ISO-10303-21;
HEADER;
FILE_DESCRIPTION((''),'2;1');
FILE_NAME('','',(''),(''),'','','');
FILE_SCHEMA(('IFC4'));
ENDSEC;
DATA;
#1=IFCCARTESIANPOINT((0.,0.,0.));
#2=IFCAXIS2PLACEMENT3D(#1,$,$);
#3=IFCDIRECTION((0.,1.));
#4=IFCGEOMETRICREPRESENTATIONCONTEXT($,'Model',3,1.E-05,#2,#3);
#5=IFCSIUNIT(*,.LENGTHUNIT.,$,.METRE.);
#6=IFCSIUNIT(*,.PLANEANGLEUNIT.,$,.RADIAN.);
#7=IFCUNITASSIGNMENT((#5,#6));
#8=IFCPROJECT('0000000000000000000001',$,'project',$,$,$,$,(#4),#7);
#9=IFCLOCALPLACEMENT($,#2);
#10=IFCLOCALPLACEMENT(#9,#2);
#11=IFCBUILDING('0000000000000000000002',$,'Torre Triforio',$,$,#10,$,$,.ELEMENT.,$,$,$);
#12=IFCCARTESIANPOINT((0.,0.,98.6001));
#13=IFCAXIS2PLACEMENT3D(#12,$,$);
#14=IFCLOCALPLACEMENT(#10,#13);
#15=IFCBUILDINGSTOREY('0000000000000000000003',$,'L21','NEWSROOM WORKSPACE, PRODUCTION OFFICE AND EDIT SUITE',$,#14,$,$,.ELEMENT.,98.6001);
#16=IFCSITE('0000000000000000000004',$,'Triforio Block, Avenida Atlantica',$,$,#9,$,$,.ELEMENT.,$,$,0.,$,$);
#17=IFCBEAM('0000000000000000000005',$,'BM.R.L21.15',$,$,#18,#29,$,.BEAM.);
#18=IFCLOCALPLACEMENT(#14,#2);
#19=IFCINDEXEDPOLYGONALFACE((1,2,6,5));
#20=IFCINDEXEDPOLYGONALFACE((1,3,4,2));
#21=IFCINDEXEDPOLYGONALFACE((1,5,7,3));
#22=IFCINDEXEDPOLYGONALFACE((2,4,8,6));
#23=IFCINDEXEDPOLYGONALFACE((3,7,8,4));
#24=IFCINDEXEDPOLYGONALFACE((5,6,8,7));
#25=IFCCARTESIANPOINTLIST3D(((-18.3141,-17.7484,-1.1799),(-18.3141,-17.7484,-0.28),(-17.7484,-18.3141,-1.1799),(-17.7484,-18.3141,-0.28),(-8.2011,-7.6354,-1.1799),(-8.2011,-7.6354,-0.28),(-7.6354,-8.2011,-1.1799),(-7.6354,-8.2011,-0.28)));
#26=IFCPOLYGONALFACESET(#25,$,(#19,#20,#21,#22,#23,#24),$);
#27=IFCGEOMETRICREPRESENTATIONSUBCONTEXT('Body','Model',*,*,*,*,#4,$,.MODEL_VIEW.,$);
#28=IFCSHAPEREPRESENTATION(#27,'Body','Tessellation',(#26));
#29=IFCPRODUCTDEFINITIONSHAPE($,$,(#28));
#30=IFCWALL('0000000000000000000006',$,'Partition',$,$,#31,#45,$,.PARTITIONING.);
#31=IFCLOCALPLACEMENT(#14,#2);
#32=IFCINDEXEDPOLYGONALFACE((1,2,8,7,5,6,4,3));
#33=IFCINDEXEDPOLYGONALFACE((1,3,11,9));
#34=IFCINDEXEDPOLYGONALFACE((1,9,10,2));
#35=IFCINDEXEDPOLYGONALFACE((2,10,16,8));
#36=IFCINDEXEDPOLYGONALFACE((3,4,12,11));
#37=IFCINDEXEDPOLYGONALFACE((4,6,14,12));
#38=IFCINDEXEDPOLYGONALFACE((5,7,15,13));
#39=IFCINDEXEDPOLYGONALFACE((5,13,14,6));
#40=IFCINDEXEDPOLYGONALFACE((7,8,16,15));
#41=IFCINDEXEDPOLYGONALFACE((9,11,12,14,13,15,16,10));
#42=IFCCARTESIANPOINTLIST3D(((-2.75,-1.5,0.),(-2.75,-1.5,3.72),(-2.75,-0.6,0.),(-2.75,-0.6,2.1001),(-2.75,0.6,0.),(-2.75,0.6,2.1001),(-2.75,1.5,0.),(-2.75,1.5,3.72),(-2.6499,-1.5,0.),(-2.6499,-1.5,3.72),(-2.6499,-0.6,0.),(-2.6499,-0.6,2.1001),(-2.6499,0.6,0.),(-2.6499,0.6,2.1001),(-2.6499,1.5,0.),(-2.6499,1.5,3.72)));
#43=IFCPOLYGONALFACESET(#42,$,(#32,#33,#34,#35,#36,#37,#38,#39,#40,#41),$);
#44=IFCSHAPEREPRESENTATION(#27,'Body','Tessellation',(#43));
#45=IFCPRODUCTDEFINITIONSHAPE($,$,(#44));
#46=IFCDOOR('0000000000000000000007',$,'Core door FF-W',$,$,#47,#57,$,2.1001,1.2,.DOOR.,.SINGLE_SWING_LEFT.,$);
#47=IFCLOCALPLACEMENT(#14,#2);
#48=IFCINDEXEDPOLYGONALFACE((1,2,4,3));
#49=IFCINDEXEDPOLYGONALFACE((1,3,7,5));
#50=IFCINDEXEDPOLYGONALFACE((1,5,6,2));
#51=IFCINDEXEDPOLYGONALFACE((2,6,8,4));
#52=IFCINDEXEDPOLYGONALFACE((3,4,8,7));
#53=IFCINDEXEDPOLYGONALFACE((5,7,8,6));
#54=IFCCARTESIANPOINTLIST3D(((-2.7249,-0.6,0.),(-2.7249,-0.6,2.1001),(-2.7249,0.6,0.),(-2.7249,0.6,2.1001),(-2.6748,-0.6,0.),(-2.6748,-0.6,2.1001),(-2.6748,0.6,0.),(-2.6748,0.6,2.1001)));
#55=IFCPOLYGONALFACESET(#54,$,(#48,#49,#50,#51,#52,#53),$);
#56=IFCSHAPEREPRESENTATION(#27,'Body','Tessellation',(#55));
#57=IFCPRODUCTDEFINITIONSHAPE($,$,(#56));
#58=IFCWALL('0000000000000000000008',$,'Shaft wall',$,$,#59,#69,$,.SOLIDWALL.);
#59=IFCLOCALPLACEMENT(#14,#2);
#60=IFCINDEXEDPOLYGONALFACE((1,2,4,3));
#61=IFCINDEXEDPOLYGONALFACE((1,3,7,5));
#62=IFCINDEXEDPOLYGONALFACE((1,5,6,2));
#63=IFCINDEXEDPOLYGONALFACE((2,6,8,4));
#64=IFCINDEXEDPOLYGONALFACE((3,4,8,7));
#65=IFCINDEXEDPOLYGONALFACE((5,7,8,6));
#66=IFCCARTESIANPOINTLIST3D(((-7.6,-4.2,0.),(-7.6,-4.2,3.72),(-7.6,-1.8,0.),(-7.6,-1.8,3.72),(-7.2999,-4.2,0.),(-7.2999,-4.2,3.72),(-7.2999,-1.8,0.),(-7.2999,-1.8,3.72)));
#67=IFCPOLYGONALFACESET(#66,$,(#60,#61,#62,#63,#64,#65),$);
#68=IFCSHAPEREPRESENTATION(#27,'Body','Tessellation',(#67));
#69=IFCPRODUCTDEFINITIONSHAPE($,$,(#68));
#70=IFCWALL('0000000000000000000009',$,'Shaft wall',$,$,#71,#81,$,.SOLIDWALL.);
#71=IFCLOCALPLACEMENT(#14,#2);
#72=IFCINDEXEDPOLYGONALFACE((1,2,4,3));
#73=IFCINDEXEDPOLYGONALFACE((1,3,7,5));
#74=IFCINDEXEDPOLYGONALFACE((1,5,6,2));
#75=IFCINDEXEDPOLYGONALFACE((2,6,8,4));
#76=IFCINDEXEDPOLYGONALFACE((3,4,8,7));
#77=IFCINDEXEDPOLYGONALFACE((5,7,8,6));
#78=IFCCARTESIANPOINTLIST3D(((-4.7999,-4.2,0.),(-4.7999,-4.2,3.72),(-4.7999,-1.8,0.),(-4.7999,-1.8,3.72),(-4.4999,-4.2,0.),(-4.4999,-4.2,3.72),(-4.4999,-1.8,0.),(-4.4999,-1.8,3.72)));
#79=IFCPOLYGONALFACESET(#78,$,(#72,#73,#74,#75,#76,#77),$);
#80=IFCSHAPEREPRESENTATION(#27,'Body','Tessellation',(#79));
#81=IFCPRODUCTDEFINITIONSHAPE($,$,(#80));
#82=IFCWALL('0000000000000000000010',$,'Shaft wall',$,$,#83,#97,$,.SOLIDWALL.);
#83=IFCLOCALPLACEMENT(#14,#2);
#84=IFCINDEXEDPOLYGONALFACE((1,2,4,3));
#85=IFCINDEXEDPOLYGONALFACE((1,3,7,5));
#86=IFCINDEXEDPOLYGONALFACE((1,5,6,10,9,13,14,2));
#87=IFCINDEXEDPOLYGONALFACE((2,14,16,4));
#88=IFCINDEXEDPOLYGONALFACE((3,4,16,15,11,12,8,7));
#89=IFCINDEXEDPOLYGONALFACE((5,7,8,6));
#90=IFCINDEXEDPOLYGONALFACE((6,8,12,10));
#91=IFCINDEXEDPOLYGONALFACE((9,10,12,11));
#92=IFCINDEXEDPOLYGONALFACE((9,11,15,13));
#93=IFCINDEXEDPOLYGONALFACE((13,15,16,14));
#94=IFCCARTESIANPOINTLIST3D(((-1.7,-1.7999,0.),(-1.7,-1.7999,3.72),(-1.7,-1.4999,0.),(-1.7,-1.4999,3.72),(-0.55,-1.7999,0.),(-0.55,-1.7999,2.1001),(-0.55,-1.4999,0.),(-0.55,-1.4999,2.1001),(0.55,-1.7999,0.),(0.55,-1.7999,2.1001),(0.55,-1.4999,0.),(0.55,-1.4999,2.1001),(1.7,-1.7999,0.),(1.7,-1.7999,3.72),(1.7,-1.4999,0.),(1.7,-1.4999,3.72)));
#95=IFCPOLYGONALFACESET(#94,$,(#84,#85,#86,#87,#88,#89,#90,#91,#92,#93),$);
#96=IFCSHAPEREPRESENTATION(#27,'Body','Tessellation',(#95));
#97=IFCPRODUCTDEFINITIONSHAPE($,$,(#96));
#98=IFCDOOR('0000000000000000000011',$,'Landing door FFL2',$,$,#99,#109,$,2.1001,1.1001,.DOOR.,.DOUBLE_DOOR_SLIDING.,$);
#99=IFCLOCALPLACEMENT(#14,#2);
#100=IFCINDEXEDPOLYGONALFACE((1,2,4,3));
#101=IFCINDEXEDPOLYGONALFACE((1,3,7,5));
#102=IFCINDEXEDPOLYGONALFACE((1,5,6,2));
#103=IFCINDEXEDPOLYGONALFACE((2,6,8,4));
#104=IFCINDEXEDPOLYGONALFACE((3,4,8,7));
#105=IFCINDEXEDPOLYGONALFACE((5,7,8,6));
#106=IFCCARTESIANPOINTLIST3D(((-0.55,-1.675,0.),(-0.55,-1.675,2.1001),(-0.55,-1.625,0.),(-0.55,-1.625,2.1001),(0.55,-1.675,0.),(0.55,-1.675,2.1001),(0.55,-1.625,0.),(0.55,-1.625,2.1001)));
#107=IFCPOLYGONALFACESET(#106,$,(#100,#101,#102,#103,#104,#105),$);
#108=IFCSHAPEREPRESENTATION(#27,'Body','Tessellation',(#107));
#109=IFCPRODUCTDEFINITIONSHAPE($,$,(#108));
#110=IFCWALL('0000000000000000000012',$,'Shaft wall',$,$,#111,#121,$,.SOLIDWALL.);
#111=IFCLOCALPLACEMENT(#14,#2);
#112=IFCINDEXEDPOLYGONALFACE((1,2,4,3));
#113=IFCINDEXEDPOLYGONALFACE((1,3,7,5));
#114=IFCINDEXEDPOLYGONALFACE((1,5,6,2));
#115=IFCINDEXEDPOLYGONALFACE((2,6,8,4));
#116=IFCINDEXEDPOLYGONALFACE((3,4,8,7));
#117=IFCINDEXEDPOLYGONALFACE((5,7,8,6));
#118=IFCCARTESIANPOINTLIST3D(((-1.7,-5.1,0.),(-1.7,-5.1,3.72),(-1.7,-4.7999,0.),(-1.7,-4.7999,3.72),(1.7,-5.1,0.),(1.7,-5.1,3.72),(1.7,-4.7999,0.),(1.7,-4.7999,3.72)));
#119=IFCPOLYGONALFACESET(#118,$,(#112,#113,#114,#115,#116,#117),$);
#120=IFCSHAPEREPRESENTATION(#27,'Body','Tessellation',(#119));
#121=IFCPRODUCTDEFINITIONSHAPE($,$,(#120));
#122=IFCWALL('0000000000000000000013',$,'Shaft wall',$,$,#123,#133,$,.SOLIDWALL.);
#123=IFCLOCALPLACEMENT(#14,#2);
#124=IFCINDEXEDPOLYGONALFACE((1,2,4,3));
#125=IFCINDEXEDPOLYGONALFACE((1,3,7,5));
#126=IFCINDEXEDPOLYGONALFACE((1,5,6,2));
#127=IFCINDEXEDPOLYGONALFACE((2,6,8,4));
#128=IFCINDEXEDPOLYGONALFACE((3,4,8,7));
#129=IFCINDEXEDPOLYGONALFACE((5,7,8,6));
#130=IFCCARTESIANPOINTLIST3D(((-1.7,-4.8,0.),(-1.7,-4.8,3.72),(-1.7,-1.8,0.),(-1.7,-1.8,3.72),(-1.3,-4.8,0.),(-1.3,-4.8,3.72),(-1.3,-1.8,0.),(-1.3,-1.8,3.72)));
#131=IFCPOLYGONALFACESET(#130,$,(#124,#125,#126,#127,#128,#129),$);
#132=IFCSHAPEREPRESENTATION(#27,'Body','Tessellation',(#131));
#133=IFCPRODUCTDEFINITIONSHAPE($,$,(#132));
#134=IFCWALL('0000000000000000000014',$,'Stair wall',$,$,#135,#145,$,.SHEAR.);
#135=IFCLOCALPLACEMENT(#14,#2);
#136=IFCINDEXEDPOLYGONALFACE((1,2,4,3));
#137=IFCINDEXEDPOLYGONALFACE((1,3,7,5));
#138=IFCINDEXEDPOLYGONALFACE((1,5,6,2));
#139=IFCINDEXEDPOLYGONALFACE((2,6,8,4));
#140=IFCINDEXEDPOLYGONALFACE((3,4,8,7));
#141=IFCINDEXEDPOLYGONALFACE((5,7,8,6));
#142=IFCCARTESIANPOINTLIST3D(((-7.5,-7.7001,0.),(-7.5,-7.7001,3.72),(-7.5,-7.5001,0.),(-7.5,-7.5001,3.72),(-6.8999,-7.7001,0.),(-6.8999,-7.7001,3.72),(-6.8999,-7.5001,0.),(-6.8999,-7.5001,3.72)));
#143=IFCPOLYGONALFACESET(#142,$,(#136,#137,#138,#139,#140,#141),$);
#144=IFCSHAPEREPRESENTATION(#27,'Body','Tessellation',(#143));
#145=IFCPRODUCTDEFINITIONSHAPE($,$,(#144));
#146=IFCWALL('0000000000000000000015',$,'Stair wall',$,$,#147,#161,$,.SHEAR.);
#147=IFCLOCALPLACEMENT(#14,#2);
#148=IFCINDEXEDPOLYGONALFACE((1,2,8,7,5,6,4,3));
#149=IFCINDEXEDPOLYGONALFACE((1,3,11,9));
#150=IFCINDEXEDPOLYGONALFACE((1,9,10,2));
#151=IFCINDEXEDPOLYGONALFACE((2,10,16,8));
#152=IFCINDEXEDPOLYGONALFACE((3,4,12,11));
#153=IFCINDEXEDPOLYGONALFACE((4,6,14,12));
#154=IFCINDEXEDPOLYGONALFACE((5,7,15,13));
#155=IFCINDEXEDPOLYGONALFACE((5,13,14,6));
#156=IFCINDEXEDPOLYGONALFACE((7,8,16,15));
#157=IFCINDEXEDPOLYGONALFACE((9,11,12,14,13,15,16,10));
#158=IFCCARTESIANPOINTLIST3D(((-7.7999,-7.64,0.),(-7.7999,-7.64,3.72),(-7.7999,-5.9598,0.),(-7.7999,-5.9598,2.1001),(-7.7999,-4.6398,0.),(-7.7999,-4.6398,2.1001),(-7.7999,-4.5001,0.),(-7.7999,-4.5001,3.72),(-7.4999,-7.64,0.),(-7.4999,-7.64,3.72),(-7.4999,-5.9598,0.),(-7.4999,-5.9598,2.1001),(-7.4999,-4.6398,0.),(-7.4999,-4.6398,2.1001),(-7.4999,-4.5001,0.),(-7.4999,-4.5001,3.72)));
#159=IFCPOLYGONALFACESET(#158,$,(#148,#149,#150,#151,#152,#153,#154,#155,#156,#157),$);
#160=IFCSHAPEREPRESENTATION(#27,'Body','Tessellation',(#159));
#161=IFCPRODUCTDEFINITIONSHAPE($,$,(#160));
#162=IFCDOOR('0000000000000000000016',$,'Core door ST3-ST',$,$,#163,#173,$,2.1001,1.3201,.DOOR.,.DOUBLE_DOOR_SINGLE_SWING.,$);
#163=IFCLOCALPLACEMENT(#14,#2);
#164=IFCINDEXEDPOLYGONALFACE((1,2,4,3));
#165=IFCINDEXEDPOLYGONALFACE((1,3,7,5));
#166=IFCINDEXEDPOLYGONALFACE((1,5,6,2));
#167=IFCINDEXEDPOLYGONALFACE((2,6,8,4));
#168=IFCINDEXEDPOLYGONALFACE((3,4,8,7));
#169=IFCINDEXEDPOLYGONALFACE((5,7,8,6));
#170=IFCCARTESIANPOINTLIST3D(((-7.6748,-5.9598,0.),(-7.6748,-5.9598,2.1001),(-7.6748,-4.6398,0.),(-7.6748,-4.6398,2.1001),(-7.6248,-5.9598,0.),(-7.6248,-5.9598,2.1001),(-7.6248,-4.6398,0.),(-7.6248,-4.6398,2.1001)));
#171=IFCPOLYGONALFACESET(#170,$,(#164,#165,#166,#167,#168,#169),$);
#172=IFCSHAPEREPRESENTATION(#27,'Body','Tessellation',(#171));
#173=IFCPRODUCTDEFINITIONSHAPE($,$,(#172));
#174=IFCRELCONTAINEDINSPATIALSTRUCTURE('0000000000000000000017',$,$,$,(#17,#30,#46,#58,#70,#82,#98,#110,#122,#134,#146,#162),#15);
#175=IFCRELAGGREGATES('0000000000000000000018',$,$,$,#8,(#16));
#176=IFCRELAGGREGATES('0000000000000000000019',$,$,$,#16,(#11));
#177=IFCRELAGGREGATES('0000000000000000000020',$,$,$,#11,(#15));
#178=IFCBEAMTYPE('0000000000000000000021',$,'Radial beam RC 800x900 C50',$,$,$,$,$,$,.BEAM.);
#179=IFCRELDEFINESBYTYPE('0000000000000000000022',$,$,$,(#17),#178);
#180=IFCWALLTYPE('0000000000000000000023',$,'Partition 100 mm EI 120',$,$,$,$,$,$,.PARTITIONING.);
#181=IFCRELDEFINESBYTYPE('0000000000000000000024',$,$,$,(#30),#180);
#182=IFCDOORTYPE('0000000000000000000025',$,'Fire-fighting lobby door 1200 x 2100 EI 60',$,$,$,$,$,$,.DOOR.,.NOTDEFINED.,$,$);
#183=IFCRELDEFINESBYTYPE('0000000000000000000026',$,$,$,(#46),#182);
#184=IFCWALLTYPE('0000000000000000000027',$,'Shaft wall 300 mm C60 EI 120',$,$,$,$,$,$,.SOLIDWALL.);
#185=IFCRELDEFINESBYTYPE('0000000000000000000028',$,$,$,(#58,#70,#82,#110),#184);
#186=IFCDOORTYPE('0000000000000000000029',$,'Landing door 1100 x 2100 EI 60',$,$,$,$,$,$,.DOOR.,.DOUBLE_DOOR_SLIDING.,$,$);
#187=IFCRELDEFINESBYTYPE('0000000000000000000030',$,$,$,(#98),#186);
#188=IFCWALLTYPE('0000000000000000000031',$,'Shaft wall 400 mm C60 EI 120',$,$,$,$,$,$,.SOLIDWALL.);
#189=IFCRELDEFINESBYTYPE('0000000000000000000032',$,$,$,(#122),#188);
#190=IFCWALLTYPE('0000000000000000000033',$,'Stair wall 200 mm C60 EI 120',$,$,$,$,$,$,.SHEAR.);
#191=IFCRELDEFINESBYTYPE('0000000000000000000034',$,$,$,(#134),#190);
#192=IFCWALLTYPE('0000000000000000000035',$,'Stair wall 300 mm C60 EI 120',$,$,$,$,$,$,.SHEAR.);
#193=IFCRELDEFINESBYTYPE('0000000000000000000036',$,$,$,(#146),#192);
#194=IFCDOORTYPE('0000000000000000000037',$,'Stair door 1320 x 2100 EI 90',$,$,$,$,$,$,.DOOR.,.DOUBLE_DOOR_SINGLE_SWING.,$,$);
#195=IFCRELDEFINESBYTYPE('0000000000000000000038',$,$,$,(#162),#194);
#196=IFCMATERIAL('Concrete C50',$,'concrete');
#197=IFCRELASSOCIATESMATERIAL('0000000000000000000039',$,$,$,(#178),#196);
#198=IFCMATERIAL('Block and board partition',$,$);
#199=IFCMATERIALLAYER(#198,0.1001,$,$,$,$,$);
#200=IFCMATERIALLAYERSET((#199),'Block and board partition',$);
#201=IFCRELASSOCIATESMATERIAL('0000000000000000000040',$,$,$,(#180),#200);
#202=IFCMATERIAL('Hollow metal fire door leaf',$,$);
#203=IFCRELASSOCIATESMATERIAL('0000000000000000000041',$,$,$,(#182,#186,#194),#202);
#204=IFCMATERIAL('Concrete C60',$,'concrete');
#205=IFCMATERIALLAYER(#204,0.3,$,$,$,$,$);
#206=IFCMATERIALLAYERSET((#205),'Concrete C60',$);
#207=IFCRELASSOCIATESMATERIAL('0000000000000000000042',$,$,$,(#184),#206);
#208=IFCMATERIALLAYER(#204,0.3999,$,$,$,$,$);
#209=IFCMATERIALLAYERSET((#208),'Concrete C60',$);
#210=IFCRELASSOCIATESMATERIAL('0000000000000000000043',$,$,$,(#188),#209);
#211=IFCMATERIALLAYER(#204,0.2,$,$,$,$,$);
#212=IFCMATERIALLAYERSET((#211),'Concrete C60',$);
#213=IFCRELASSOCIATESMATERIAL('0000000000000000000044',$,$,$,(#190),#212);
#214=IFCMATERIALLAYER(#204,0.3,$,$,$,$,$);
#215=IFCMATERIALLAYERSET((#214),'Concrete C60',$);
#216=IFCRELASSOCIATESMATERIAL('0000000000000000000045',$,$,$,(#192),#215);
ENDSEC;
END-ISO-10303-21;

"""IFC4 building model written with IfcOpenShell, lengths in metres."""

from ifc_helpers import new_model, si_unit, direction, frame, frame_2d, origin, origin_2d, place, context, subcontext, project, spatial, rectangle, extrude, material, layer, layer_set, material_profile, profile_set, type_object, element, fill, save


model = new_model("IFC4")

# Units and contexts
model_context = context("Model", 3, precision=1e-05, world=origin(), true_north=direction((0.0, 1.0)))
body_context = subcontext(model_context, "Body", "Model", "MODEL_VIEW")
ifc_project = project(units=[si_unit("LENGTHUNIT", "METRE"), si_unit("PLANEANGLEUNIT", "RADIAN")], contexts=[model_context])

# Site, building, storey
site_placement = place(None, origin())
site = spatial("IfcSite", under=ifc_project, at=site_placement, Name="Triforio Block, Avenida Atlantica", CompositionType="ELEMENT", RefElevation=0.0)
building_placement = place(site_placement, origin())
building = spatial("IfcBuilding", under=site, at=building_placement, Name="Torre Triforio", CompositionType="ELEMENT")
storey_placement = place(building_placement, frame((0.0, 0.0, 98.6001)))
storey = spatial("IfcBuildingStorey", under=building, at=storey_placement, Name="L21", Description="NEWSROOM WORKSPACE, PRODUCTION OFFICE AND EDIT SUITE", CompositionType="ELEMENT", Elevation=98.6001)

# Beam
ifc_material_1 = material(Name="Concrete C50", Category="concrete")
ifc_material_profile = material_profile(ifc_material_1, rectangle(XDim=0.8, YDim=0.8999, at=origin_2d()), Name="RC 800x900")
ifc_profile_set = profile_set([ifc_material_profile], Name="Concrete C50")
beam_type = type_object("IfcBeamType", Name="Radial beam RC 800x900 C50", PredefinedType="BEAM", material=ifc_profile_set)
beam_placement = place(storey_placement, frame((-7.9182, -7.9182, -0.73), z_axis=(-0.707107, -0.707107, 0.0), x_axis=(0.707107, -0.707107, 0.0)))
element("IfcBeam", 1, at=beam_placement, inside=storey, type_object=beam_type, Name="BM.R.L21.15", PredefinedType="BEAM", context=body_context, shape_type="SweptSolid", body=[
    extrude(rectangle(XDim=0.8, YDim=0.8999, at=origin_2d()), origin(), (0.0, 0.0, 1.0), 14.302),
])

# Wall, opening, door
ifc_material_2 = material(Name="Block and board partition")
ifc_layer_1 = layer(ifc_material_2, 0.1001)
ifc_layer_set_1 = layer_set([ifc_layer_1], Name="Block and board partition")
wall_type_1 = type_object("IfcWallType", Name="Partition 100 mm EI 120", PredefinedType="PARTITIONING", material=ifc_layer_set_1)
wall_1_placement = place(storey_placement, frame((-2.7, -1.5, 0.0), z_axis=(0.0, 0.0, 1.0), x_axis=(0.0, 1.0, 0.0)))
wall_1 = element("IfcWall", 2, at=wall_1_placement, inside=storey, type_object=wall_type_1, Name="Partition", PredefinedType="PARTITIONING", context=body_context, shape_type="SweptSolid", body=[
    extrude(rectangle(XDim=3.0, YDim=0.1001, at=frame_2d((1.5, 0.0))), origin(), (0.0, 0.0, 1.0), 3.72),
])
opening_1_placement = place(wall_1_placement, frame((0.8999, 0.0, 0.0)))
opening_1 = element("IfcOpeningElement", 3, at=opening_1_placement, cuts=wall_1, PredefinedType="OPENING", context=body_context, shape_type="SweptSolid", body=[
    extrude(rectangle(XDim=1.2, YDim=2.1001, at=frame_2d((0.6001, 1.05))), frame((0.0, 0.0601, 0.0), z_axis=(0.0, -1.0, 0.0), x_axis=(1.0, 0.0, 0.0)), (0.0, 0.0, 1.0), 0.1201),
])
ifc_material_3 = material(Name="Hollow metal fire door leaf")
door_type_1 = type_object("IfcDoorType", Name="Fire-fighting lobby door 1200 x 2100 EI 60", OperationType="NOTDEFINED", PredefinedType="DOOR", material=ifc_material_3)
door_1_placement = place(opening_1_placement, origin())
door_1 = element("IfcDoor", 4, at=door_1_placement, inside=storey, type_object=door_type_1, Name="Core door FF-W", OperationType="SINGLE_SWING_LEFT", OverallHeight=2.1001, OverallWidth=1.2, PredefinedType="DOOR", context=body_context, shape_type="SweptSolid", body=[
    extrude(rectangle(XDim=1.2, YDim=2.1001, at=frame_2d((0.6001, 1.05))), frame((0.0, 0.0249, 0.0), z_axis=(0.0, -1.0, 0.0), x_axis=(1.0, 0.0, 0.0)), (0.0, 0.0, 1.0), 0.05),
])
fill(opening_1, door_1)

# Walls
ifc_material_4 = material(Name="Concrete C60", Category="concrete")
ifc_layer_2 = layer(ifc_material_4, 0.3)
ifc_layer_set_2 = layer_set([ifc_layer_2], Name="Concrete C60")
wall_type_2 = type_object("IfcWallType", Name="Shaft wall 300 mm C60 EI 120", PredefinedType="SOLIDWALL", material=ifc_layer_set_2)
for number, where, z_axis, x_axis, name in (
    (5, (-7.45, -4.2, 0.0), (0.0, 0.0, 1.0), (0.0, 1.0, 0.0), "Shaft wall"),
    (6, (-4.6499, -4.2, 0.0), (0.0, 0.0, 1.0), (0.0, 1.0, 0.0), "Shaft wall"),
):
    element("IfcWall", number, at=place(storey_placement, frame(where, z_axis=z_axis, x_axis=x_axis)), inside=storey, type_object=wall_type_2, Name=name, PredefinedType="SOLIDWALL", context=body_context, shape_type="SweptSolid", body=[
        extrude(rectangle(XDim=2.3999, YDim=0.3, at=frame_2d((1.2, 0.0))), origin(), (0.0, 0.0, 1.0), 3.72),
    ])

# Wall, opening, door
wall_2_placement = place(storey_placement, frame((-1.7, -1.6499, 0.0), z_axis=(0.0, 0.0, 1.0), x_axis=(1.0, 0.0, 0.0)))
wall_2 = element("IfcWall", 7, at=wall_2_placement, inside=storey, type_object=wall_type_2, Name="Shaft wall", PredefinedType="SOLIDWALL", context=body_context, shape_type="SweptSolid", body=[
    extrude(rectangle(XDim=3.3999, YDim=0.3, at=frame_2d((1.7, 0.0))), origin(), (0.0, 0.0, 1.0), 3.72),
])
opening_2_placement = place(wall_2_placement, frame((1.1499, 0.0, 0.0)))
opening_2 = element("IfcOpeningElement", 8, at=opening_2_placement, cuts=wall_2, PredefinedType="OPENING", context=body_context, shape_type="SweptSolid", body=[
    extrude(rectangle(XDim=1.1001, YDim=2.1001, at=frame_2d((0.55, 1.05))), frame((0.0, 0.1599, 0.0), z_axis=(0.0, -1.0, 0.0), x_axis=(1.0, 0.0, 0.0)), (0.0, 0.0, 1.0), 0.3201),
])
door_type_2 = type_object("IfcDoorType", Name="Landing door 1100 x 2100 EI 60", OperationType="DOUBLE_DOOR_SLIDING", PredefinedType="DOOR", material=ifc_material_3)
door_2_placement = place(opening_2_placement, origin())
door_2 = element("IfcDoor", 9, at=door_2_placement, inside=storey, type_object=door_type_2, Name="Landing door FFL2", OperationType="DOUBLE_DOOR_SLIDING", OverallHeight=2.1001, OverallWidth=1.1001, PredefinedType="DOOR", context=body_context, shape_type="SweptSolid", body=[
    extrude(rectangle(XDim=1.1001, YDim=2.1001, at=frame_2d((0.55, 1.05))), frame((0.0, 0.0249, 0.0), z_axis=(0.0, -1.0, 0.0), x_axis=(1.0, 0.0, 0.0)), (0.0, 0.0, 1.0), 0.05),
])
fill(opening_2, door_2)

# Walls
wall_3_placement = place(storey_placement, frame((-1.7, -4.95, 0.0), z_axis=(0.0, 0.0, 1.0), x_axis=(1.0, 0.0, 0.0)))
element("IfcWall", 10, at=wall_3_placement, inside=storey, type_object=wall_type_2, Name="Shaft wall", PredefinedType="SOLIDWALL", context=body_context, shape_type="SweptSolid", body=[
    extrude(rectangle(XDim=3.3999, YDim=0.3, at=frame_2d((1.7, 0.0))), origin(), (0.0, 0.0, 1.0), 3.72),
])
ifc_layer_3 = layer(ifc_material_4, 0.3999)
ifc_layer_set_3 = layer_set([ifc_layer_3], Name="Concrete C60")
wall_type_3 = type_object("IfcWallType", Name="Shaft wall 400 mm C60 EI 120", PredefinedType="SOLIDWALL", material=ifc_layer_set_3)
wall_4_placement = place(storey_placement, frame((-1.5, -4.8, 0.0), z_axis=(0.0, 0.0, 1.0), x_axis=(0.0, 1.0, 0.0)))
element("IfcWall", 11, at=wall_4_placement, inside=storey, type_object=wall_type_3, Name="Shaft wall", PredefinedType="SOLIDWALL", context=body_context, shape_type="SweptSolid", body=[
    extrude(rectangle(XDim=3.0, YDim=0.3999, at=frame_2d((1.5, 0.0))), origin(), (0.0, 0.0, 1.0), 3.72),
])
ifc_layer_4 = layer(ifc_material_4, 0.2)
ifc_layer_set_4 = layer_set([ifc_layer_4], Name="Concrete C60")
wall_type_4 = type_object("IfcWallType", Name="Stair wall 200 mm C60 EI 120", PredefinedType="SHEAR", material=ifc_layer_set_4)
wall_5_placement = place(storey_placement, frame((-7.5, -7.6001, 0.0), z_axis=(0.0, 0.0, 1.0), x_axis=(1.0, 0.0, 0.0)))
element("IfcWall", 12, at=wall_5_placement, inside=storey, type_object=wall_type_4, Name="Stair wall", PredefinedType="SHEAR", context=body_context, shape_type="SweptSolid", body=[
    extrude(rectangle(XDim=0.6001, YDim=0.2, at=frame_2d((0.3, 0.0))), origin(), (0.0, 0.0, 1.0), 3.72),
])

# Wall, opening, door
ifc_layer_5 = layer(ifc_material_4, 0.3)
ifc_layer_set_5 = layer_set([ifc_layer_5], Name="Concrete C60")
wall_type_5 = type_object("IfcWallType", Name="Stair wall 300 mm C60 EI 120", PredefinedType="SHEAR", material=ifc_layer_set_5)
wall_6_placement = place(storey_placement, frame((-7.6499, -7.6399, 0.0), z_axis=(0.0, 0.0, 1.0), x_axis=(0.0, 1.0, 0.0)))
wall_6 = element("IfcWall", 13, at=wall_6_placement, inside=storey, type_object=wall_type_5, Name="Stair wall", PredefinedType="SHEAR", context=body_context, shape_type="SweptSolid", body=[
    extrude(rectangle(XDim=3.1399, YDim=0.3, at=frame_2d((1.5698, 0.0))), origin(), (0.0, 0.0, 1.0), 3.72),
])
opening_3_placement = place(wall_6_placement, frame((1.6799, 0.0, 0.0)))
opening_3 = element("IfcOpeningElement", 14, at=opening_3_placement, cuts=wall_6, PredefinedType="OPENING", context=body_context, shape_type="SweptSolid", body=[
    extrude(rectangle(XDim=1.3201, YDim=2.1001, at=frame_2d((0.6602, 1.05))), frame((0.0, 0.1599, 0.0), z_axis=(0.0, -1.0, 0.0), x_axis=(1.0, 0.0, 0.0)), (0.0, 0.0, 1.0), 0.3201),
])
door_type_3 = type_object("IfcDoorType", Name="Stair door 1320 x 2100 EI 90", OperationType="DOUBLE_DOOR_SINGLE_SWING", PredefinedType="DOOR", material=ifc_material_3)
door_3_placement = place(opening_3_placement, origin())
door_3 = element("IfcDoor", 15, at=door_3_placement, inside=storey, type_object=door_type_3, Name="Core door ST3-ST", OperationType="DOUBLE_DOOR_SINGLE_SWING", OverallHeight=2.1001, OverallWidth=1.3201, PredefinedType="DOOR", context=body_context, shape_type="SweptSolid", body=[
    extrude(rectangle(XDim=1.3201, YDim=2.1001, at=frame_2d((0.6602, 1.05))), frame((0.0, 0.0249, 0.0), z_axis=(0.0, -1.0, 0.0), x_axis=(1.0, 0.0, 0.0)), (0.0, 0.0, 1.0), 0.05),
])
fill(opening_3, door_3)

save(model, "model.ifc")
